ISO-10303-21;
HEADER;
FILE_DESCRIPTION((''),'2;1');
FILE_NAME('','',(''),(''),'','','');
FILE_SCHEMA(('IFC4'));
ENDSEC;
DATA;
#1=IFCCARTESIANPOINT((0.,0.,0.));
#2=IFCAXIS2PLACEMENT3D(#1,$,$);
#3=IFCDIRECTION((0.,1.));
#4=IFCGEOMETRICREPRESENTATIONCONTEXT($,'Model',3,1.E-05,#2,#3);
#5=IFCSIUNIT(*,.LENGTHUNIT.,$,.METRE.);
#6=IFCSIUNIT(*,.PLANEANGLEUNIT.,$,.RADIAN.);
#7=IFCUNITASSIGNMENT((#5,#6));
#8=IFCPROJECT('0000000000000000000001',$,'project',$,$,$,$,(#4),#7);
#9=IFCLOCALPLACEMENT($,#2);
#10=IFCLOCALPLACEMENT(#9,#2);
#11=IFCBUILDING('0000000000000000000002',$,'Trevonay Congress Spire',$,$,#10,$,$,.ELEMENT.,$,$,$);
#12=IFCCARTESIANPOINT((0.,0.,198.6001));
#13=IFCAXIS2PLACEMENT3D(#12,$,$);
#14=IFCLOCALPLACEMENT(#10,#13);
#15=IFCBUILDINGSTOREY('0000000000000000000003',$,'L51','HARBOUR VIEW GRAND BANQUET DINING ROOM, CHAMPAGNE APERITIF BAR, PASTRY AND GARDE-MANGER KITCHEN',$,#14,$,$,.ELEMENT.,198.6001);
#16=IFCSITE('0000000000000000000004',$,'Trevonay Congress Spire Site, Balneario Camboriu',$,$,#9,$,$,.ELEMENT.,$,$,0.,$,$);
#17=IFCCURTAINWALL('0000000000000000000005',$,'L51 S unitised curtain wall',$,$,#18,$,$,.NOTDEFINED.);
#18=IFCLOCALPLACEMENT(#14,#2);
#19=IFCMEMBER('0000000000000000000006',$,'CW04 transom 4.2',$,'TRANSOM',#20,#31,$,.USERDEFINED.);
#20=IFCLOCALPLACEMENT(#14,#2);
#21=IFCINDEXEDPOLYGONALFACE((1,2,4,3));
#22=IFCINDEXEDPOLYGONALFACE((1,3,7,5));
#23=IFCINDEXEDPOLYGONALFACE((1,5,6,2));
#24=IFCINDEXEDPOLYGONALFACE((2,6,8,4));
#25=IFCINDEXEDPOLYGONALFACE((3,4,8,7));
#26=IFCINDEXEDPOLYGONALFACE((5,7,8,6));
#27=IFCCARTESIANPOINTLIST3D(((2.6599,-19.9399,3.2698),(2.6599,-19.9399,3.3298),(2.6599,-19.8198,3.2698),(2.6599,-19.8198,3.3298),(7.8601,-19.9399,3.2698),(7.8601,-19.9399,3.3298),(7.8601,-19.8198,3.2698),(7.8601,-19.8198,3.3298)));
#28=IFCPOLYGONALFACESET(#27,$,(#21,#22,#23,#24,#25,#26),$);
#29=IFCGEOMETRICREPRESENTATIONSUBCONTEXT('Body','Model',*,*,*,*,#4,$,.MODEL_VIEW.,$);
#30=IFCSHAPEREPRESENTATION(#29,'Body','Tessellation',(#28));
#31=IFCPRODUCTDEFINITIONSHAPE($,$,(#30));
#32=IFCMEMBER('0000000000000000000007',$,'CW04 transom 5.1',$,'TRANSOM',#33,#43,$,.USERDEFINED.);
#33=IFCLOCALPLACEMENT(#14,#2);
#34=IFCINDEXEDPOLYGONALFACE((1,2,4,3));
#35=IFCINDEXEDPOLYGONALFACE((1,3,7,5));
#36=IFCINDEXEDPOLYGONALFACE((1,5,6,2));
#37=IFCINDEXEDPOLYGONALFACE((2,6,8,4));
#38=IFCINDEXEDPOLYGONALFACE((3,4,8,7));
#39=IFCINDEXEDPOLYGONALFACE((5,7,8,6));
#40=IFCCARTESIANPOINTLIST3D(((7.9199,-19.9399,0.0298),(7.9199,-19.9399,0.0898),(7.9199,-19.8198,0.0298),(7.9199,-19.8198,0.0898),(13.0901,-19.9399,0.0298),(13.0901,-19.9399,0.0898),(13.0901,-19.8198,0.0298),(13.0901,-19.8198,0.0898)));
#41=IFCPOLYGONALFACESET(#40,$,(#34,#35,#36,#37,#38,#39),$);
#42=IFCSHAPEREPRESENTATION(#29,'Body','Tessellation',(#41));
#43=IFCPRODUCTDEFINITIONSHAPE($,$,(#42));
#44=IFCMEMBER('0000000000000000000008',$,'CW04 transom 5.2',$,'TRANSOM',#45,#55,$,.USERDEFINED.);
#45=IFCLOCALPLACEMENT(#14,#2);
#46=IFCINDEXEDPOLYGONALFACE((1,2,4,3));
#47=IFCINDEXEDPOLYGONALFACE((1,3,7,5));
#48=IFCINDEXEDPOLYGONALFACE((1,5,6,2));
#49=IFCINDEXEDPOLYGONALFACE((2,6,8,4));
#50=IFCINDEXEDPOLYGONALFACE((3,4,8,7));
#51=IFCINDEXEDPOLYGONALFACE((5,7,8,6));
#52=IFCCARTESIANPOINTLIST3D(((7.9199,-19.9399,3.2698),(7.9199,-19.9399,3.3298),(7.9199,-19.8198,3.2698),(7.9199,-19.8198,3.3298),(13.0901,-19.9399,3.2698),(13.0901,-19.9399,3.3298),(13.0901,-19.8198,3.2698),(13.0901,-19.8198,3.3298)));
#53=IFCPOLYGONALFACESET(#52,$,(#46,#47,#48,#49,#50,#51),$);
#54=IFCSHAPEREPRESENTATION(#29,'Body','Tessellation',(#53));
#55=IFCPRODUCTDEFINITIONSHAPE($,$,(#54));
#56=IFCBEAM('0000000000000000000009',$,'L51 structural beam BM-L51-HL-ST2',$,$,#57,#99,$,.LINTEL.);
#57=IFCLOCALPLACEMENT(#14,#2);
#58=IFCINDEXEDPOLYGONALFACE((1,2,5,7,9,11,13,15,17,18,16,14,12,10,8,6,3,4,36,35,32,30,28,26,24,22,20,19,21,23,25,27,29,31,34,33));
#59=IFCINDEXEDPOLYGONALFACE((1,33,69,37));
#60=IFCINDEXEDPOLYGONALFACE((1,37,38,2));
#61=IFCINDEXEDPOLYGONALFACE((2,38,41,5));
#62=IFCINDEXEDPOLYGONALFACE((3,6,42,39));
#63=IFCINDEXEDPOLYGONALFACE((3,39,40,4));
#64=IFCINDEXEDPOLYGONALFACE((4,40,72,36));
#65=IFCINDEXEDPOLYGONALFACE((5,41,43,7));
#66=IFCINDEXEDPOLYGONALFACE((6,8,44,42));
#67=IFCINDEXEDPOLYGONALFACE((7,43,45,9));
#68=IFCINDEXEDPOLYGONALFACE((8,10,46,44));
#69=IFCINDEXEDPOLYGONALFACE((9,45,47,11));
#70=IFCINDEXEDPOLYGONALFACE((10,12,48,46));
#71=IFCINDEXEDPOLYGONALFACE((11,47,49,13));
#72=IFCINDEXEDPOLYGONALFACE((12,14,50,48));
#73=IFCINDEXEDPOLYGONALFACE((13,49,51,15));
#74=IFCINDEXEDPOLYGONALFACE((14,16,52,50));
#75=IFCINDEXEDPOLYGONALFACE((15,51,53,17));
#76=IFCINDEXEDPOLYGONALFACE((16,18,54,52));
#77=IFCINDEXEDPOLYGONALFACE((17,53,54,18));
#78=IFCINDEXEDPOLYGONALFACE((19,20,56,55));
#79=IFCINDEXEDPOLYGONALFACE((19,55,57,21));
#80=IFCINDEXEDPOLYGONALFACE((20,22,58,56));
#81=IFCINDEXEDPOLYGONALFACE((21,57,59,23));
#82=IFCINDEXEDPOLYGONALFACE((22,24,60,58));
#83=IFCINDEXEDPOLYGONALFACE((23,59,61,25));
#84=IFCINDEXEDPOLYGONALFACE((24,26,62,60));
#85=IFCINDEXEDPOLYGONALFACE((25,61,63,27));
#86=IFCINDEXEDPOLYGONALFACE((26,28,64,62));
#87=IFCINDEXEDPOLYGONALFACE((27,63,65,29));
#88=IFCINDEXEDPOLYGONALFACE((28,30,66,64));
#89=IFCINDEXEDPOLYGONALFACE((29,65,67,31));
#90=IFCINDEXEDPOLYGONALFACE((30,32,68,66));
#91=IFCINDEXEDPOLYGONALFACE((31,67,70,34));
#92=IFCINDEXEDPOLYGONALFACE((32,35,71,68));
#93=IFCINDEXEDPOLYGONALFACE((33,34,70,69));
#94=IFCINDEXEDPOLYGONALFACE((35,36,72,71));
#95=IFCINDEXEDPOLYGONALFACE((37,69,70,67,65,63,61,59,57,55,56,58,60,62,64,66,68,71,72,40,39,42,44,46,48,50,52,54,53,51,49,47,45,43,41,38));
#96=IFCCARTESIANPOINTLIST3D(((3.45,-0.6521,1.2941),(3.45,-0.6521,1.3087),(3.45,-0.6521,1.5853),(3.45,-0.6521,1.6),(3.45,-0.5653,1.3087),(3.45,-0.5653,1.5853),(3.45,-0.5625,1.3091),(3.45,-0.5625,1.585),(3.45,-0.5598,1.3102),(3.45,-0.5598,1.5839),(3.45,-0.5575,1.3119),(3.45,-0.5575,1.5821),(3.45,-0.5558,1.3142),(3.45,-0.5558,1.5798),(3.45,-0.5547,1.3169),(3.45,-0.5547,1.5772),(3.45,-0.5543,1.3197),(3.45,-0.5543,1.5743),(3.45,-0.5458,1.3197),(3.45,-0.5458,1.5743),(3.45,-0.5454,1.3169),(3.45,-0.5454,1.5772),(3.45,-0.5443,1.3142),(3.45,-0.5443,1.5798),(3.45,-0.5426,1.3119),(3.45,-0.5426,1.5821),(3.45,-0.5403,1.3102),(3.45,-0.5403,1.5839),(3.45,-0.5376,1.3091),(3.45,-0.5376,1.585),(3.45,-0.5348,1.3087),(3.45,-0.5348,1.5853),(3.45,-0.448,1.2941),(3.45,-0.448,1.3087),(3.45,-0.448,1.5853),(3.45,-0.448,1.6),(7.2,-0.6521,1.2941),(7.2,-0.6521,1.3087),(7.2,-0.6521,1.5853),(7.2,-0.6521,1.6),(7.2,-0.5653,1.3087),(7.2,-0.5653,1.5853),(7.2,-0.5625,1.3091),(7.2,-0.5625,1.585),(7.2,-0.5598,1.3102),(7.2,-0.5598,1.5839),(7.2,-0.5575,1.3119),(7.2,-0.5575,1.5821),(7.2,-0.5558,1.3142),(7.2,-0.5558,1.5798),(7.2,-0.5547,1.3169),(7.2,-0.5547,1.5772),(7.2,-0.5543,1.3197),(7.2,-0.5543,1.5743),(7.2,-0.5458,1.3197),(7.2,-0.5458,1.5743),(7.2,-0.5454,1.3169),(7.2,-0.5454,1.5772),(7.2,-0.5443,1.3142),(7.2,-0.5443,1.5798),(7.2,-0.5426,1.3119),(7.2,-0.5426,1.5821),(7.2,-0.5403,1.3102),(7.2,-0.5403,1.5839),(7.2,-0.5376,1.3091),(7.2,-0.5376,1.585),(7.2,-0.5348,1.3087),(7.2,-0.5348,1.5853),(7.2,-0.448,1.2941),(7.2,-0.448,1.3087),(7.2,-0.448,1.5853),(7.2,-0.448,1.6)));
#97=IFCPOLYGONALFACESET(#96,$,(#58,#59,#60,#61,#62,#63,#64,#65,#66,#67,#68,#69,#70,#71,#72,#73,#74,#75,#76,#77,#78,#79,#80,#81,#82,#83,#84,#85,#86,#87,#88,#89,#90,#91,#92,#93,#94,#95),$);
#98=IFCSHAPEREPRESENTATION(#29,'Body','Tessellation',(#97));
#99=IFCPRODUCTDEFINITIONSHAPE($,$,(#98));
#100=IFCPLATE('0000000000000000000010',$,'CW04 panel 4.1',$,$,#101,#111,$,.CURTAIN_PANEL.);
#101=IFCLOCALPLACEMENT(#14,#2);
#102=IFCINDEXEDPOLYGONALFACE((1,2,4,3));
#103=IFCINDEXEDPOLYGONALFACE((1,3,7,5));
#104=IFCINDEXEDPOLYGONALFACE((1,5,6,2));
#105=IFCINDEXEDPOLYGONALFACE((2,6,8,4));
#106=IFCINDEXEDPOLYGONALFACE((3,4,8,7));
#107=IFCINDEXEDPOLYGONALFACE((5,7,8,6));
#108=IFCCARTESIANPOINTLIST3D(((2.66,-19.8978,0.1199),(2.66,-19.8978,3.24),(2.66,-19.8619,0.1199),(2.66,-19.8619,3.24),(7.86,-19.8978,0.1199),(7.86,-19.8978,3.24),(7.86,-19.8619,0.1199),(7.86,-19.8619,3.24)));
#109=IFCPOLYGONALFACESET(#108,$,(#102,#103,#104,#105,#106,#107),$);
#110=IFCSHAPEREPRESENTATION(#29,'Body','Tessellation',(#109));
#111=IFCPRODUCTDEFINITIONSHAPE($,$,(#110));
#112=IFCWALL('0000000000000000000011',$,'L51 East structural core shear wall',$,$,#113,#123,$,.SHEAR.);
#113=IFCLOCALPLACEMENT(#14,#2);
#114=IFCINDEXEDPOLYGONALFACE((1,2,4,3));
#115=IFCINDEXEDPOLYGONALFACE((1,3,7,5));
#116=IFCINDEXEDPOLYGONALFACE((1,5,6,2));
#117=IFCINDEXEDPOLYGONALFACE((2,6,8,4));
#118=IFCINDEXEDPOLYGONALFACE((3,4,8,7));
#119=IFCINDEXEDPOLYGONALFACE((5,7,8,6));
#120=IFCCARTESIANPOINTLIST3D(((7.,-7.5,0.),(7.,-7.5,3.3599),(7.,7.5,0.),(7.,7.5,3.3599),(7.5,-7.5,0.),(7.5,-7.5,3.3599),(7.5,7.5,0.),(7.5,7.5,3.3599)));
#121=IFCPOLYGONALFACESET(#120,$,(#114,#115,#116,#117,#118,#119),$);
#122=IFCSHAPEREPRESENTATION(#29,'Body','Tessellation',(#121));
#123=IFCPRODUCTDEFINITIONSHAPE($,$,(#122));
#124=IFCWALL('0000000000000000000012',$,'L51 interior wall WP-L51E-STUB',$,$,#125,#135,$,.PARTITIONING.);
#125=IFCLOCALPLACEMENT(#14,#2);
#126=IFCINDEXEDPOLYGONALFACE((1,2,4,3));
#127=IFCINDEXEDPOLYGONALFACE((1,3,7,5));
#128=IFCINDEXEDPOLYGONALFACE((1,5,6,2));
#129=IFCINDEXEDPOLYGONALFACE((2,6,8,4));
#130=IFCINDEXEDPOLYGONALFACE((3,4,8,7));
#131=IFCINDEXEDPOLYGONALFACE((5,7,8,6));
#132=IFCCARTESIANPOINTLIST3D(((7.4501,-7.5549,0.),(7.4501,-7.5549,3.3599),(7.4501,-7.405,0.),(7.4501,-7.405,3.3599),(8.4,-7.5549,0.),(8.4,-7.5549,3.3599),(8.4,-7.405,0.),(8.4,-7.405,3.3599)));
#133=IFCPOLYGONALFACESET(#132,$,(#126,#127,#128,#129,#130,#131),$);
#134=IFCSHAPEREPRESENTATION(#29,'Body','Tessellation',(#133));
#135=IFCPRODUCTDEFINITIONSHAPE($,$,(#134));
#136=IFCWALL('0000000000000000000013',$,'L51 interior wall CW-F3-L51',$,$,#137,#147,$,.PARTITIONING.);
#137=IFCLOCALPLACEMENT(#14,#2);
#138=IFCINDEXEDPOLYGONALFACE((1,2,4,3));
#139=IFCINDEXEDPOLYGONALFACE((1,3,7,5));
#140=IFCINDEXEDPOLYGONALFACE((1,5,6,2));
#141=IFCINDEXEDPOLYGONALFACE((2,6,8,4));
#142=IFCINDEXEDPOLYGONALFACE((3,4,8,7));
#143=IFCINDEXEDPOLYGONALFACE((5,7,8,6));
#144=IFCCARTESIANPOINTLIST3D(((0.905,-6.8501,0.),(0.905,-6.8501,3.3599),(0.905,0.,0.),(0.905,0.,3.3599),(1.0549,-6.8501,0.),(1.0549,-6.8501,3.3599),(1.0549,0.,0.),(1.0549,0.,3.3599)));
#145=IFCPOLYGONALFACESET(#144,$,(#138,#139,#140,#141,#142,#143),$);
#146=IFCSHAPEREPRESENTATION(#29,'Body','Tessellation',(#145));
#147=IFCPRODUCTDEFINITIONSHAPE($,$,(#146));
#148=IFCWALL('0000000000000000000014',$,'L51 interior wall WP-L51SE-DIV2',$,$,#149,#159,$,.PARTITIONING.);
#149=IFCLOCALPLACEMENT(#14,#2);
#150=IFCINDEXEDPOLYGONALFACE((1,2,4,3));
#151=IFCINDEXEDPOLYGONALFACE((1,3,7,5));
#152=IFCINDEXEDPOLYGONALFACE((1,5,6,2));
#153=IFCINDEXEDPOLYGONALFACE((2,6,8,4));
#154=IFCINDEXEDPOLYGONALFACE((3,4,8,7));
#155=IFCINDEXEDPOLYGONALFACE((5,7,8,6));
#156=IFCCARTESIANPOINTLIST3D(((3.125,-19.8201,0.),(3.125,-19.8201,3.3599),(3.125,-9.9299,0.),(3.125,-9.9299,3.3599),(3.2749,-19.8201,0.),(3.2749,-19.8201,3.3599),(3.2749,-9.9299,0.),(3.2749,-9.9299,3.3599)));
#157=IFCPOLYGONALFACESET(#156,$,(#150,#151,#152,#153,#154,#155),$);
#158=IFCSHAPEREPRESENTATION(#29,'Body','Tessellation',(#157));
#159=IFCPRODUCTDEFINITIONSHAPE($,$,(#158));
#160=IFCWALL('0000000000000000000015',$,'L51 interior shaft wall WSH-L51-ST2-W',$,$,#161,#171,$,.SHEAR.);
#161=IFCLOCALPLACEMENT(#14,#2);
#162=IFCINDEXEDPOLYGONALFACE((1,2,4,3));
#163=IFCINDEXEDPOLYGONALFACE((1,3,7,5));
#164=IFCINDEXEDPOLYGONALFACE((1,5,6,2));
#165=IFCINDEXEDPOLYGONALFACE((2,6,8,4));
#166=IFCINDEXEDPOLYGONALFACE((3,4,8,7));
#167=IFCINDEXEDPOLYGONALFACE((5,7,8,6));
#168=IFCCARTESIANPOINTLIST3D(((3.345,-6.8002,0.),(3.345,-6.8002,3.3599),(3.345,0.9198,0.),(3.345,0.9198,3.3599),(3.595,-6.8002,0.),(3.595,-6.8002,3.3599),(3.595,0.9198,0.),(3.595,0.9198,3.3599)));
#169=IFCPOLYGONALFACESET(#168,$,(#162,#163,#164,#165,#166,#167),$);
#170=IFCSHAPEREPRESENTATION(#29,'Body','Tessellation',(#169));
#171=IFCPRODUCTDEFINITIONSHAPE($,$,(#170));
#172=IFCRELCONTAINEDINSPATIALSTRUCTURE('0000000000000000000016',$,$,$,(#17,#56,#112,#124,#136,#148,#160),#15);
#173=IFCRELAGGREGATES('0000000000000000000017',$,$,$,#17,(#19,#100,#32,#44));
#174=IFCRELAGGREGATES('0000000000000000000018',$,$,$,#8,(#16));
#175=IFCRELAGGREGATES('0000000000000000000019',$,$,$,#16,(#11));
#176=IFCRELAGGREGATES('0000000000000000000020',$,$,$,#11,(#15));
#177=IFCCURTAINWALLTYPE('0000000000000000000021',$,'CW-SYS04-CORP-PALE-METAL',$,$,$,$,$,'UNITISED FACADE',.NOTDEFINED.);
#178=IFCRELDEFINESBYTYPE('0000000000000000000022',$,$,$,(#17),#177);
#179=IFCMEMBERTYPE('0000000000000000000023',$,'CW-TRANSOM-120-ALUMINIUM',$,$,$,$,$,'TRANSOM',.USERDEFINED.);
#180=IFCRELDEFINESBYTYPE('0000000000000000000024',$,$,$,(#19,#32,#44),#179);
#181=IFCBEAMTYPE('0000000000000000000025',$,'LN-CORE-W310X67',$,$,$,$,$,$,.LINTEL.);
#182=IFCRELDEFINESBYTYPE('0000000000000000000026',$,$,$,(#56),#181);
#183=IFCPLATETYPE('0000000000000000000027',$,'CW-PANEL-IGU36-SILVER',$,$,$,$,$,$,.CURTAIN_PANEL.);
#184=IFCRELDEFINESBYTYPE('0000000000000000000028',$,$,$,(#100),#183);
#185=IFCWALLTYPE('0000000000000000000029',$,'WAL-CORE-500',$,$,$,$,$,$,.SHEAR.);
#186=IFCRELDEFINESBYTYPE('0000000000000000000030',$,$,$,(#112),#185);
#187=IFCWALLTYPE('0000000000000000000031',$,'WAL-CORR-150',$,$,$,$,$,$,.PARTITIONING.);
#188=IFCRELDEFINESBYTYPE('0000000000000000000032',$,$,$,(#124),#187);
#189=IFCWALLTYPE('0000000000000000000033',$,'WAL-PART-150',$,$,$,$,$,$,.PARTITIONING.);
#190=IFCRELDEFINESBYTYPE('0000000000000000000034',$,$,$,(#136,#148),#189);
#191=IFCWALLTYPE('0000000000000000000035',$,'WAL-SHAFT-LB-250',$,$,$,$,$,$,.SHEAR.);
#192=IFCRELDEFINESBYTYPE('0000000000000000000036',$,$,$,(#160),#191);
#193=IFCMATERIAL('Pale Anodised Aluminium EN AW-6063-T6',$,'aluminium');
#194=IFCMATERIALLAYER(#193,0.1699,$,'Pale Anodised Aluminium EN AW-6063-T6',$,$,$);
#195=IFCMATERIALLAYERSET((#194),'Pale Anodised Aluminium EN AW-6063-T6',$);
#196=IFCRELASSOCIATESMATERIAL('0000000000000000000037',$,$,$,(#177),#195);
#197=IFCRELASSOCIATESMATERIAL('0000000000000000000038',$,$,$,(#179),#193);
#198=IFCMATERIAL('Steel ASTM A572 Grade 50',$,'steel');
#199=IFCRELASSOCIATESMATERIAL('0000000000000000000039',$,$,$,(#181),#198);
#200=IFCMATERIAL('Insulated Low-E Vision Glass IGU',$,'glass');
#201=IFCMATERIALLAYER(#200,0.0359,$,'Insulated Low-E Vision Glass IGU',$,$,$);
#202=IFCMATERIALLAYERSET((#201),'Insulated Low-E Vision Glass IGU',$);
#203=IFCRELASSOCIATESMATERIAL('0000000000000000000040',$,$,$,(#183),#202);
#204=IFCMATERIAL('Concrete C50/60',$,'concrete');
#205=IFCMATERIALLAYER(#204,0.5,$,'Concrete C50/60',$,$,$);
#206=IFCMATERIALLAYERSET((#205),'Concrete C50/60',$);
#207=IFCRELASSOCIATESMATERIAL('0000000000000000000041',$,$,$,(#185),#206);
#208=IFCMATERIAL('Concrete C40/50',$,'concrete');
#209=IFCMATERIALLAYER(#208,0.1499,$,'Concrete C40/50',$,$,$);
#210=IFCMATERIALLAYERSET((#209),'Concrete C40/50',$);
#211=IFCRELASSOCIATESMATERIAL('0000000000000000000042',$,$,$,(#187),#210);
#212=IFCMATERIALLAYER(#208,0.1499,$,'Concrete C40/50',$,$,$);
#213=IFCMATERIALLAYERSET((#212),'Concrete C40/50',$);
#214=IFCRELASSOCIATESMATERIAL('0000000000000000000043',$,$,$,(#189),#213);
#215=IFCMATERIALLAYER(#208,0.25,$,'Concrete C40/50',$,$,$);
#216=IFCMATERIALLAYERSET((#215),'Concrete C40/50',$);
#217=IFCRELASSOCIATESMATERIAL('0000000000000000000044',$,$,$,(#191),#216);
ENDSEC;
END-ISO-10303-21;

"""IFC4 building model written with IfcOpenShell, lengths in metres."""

from ifc_helpers import new_model, si_unit, direction, frame, frame_2d, origin, origin_2d, place, context, subcontext, project, spatial, rectangle, i_section, extrude, material, layer, layer_set, material_profile, profile_set, type_object, element, aggregate, save


model = new_model("IFC4")

# Units and contexts
model_context = context("Model", 3, precision=1e-05, world=origin(), true_north=direction((0.0, 1.0)))
body_context = subcontext(model_context, "Body", "Model", "MODEL_VIEW")
ifc_project = project(units=[si_unit("LENGTHUNIT", "METRE"), si_unit("PLANEANGLEUNIT", "RADIAN")], contexts=[model_context])

# Site, building, storey
site_placement = place(None, origin())
site = spatial("IfcSite", under=ifc_project, at=site_placement, Name="Trevonay Congress Spire Site, Balneario Camboriu", CompositionType="ELEMENT", RefElevation=0.0)
building_placement = place(site_placement, origin())
building = spatial("IfcBuilding", under=site, at=building_placement, Name="Trevonay Congress Spire", CompositionType="ELEMENT")
storey_placement = place(building_placement, frame((0.0, 0.0, 198.6001)))
storey = spatial("IfcBuildingStorey", under=building, at=storey_placement, Name="L51", Description="HARBOUR VIEW GRAND BANQUET DINING ROOM, CHAMPAGNE APERITIF BAR, PASTRY AND GARDE-MANGER KITCHEN", CompositionType="ELEMENT", Elevation=198.6001)

# Shared definitions
ifc_material_1 = material(Name="Steel ASTM A572 Grade 50", Category="steel")

# Curtain wall, members
ifc_material_2 = material(Name="Pale Anodised Aluminium EN AW-6063-T6", Category="aluminium")
ifc_layer_1 = layer(ifc_material_2, 0.1699, Name="Pale Anodised Aluminium EN AW-6063-T6")
ifc_layer_set_1 = layer_set([ifc_layer_1], Name="Pale Anodised Aluminium EN AW-6063-T6")
curtain_wall_type = type_object("IfcCurtainWallType", Name="CW-SYS04-CORP-PALE-METAL", ElementType="UNITISED FACADE", PredefinedType="NOTDEFINED", material=ifc_layer_set_1)
curtain_wall_placement = place(storey_placement, origin())
curtain_wall = element("IfcCurtainWall", 1, at=curtain_wall_placement, inside=storey, type_object=curtain_wall_type, Name="L51 S unitised curtain wall", PredefinedType="NOTDEFINED")
ifc_material_profile_1 = material_profile(ifc_material_2, rectangle(XDim=0.1201, YDim=0.0601, at=origin_2d()), Name="CW-TRANSOM-120-ALUMINIUM")
ifc_profile_set_1 = profile_set([ifc_material_profile_1], Name="Pale Anodised Aluminium EN AW-6063-T6")
member_type_1 = type_object("IfcMemberType", Name="CW-TRANSOM-120-ALUMINIUM", ElementType="TRANSOM", PredefinedType="USERDEFINED", material=ifc_profile_set_1)
member_1_placement = place(storey_placement, frame((2.6599, -19.8799, 3.2998), z_axis=(1.0, 0.0, 0.0), x_axis=(0.0, 1.0, 0.0)))
member_1 = element("IfcMember", 2, at=member_1_placement, type_object=member_type_1, Name="CW04 transom 4.2", ObjectType="TRANSOM", PredefinedType="USERDEFINED", context=body_context, shape_type="SweptSolid", body=[
    extrude(rectangle(XDim=0.1201, YDim=0.0601, at=origin_2d()), origin(), (0.0, 0.0, 1.0), 5.2002),
])
member_2_placement = place(storey_placement, frame((7.9199, -19.8799, 0.0598), z_axis=(1.0, 0.0, 0.0), x_axis=(0.0, 1.0, 0.0)))
member_2 = element("IfcMember", 3, at=member_2_placement, type_object=member_type_1, Name="CW04 transom 5.1", ObjectType="TRANSOM", PredefinedType="USERDEFINED", context=body_context, shape_type="SweptSolid", body=[
    extrude(rectangle(XDim=0.1201, YDim=0.0601, at=origin_2d()), origin(), (0.0, 0.0, 1.0), 5.1702),
])
member_3_placement = place(storey_placement, frame((7.9199, -19.8799, 3.2998), z_axis=(1.0, 0.0, 0.0), x_axis=(0.0, 1.0, 0.0)))
member_3 = element("IfcMember", 4, at=member_3_placement, type_object=member_type_1, Name="CW04 transom 5.2", ObjectType="TRANSOM", PredefinedType="USERDEFINED", context=body_context, shape_type="SweptSolid", body=[
    extrude(rectangle(XDim=0.1201, YDim=0.0601, at=origin_2d()), origin(), (0.0, 0.0, 1.0), 5.1702),
])

# Beam
ifc_material_profile_2 = material_profile(ifc_material_1, i_section(OverallWidth=0.2041, OverallDepth=0.3059, WebThickness=0.0085, FlangeThickness=0.0146, FilletRadius=0.011, at=origin_2d()), Name="W310x67")
ifc_profile_set_2 = profile_set([ifc_material_profile_2], Name="Steel ASTM A572 Grade 50")
beam_type_1 = type_object("IfcBeamType", Name="LN-CORE-W310X67", PredefinedType="LINTEL", material=ifc_profile_set_2)
beam_1_placement = place(storey_placement, frame((3.45, -0.55, 1.447), z_axis=(1.0, 0.0, 0.0), x_axis=(0.0, 1.0, 0.0)))
element("IfcBeam", 5, at=beam_1_placement, inside=storey, type_object=beam_type_1, Name="L51 structural beam BM-L51-HL-ST2", PredefinedType="LINTEL", context=body_context, shape_type="SweptSolid", body=[
    extrude(i_section(OverallWidth=0.2041, OverallDepth=0.3059, WebThickness=0.0085, FlangeThickness=0.0146, FilletRadius=0.011, at=origin_2d()), origin(), (0.0, 0.0, 1.0), 3.75),
])

# Plate
ifc_material_3 = material(Name="Insulated Low-E Vision Glass IGU", Category="glass")
ifc_layer_2 = layer(ifc_material_3, 0.0359, Name="Insulated Low-E Vision Glass IGU")
ifc_layer_set_2 = layer_set([ifc_layer_2], Name="Insulated Low-E Vision Glass IGU")
plate_type = type_object("IfcPlateType", Name="CW-PANEL-IGU36-SILVER", PredefinedType="CURTAIN_PANEL", material=ifc_layer_set_2)
plate_placement = place(storey_placement, frame((5.26, -19.8799, 0.1199), z_axis=(0.0, 0.0, 1.0), x_axis=(1.0, 0.0, 0.0)))
plate = element("IfcPlate", 6, at=plate_placement, type_object=plate_type, Name="CW04 panel 4.1", PredefinedType="CURTAIN_PANEL", context=body_context, shape_type="SweptSolid", body=[
    extrude(rectangle(XDim=5.2, YDim=0.0359, at=origin_2d()), origin(), (0.0, 0.0, 1.0), 3.1201),
])
aggregate(curtain_wall, [member_1, plate, member_2, member_3])

# Walls
ifc_material_4 = material(Name="Concrete C50/60", Category="concrete")
ifc_layer_3 = layer(ifc_material_4, 0.5, Name="Concrete C50/60")
ifc_layer_set_3 = layer_set([ifc_layer_3], Name="Concrete C50/60")
wall_type_1 = type_object("IfcWallType", Name="WAL-CORE-500", PredefinedType="SHEAR", material=ifc_layer_set_3)
wall_1_placement = place(storey_placement, frame((7.25, -7.5, 0.0), z_axis=(0.0, 0.0, 1.0), x_axis=(0.0, 1.0, 0.0)))
element("IfcWall", 7, at=wall_1_placement, inside=storey, type_object=wall_type_1, Name="L51 East structural core shear wall", PredefinedType="SHEAR", context=body_context, shape_type="SweptSolid", body=[
    extrude(rectangle(XDim=15.0, YDim=0.5, at=frame_2d((7.5, 0.0))), origin(), (0.0, 0.0, 1.0), 3.3599),
])
ifc_material_5 = material(Name="Concrete C40/50", Category="concrete")
ifc_layer_4 = layer(ifc_material_5, 0.1499, Name="Concrete C40/50")
ifc_layer_set_4 = layer_set([ifc_layer_4], Name="Concrete C40/50")
wall_type_2 = type_object("IfcWallType", Name="WAL-CORR-150", PredefinedType="PARTITIONING", material=ifc_layer_set_4)
wall_2_placement = place(storey_placement, frame((7.45, -7.48, 0.0), z_axis=(0.0, 0.0, 1.0), x_axis=(1.0, 0.0, 0.0)))
element("IfcWall", 8, at=wall_2_placement, inside=storey, type_object=wall_type_2, Name="L51 interior wall WP-L51E-STUB", PredefinedType="PARTITIONING", context=body_context, shape_type="SweptSolid", body=[
    extrude(rectangle(XDim=0.95, YDim=0.1499, at=frame_2d((0.4751, 0.0))), origin(), (0.0, 0.0, 1.0), 3.3599),
])
ifc_layer_5 = layer(ifc_material_5, 0.1499, Name="Concrete C40/50")
ifc_layer_set_5 = layer_set([ifc_layer_5], Name="Concrete C40/50")
wall_type_3 = type_object("IfcWallType", Name="WAL-PART-150", PredefinedType="PARTITIONING", material=ifc_layer_set_5)
wall_3_placement = place(storey_placement, frame((0.98, -6.8501, 0.0), z_axis=(0.0, 0.0, 1.0), x_axis=(0.0, 1.0, 0.0)))
element("IfcWall", 9, at=wall_3_placement, inside=storey, type_object=wall_type_3, Name="L51 interior wall CW-F3-L51", PredefinedType="PARTITIONING", context=body_context, shape_type="SweptSolid", body=[
    extrude(rectangle(XDim=6.8501, YDim=0.1499, at=frame_2d((3.425, 0.0))), origin(), (0.0, 0.0, 1.0), 3.3599),
])
wall_4_placement = place(storey_placement, frame((3.2, -19.8201, 0.0), z_axis=(0.0, 0.0, 1.0), x_axis=(0.0, 1.0, 0.0)))
element("IfcWall", 10, at=wall_4_placement, inside=storey, type_object=wall_type_3, Name="L51 interior wall WP-L51SE-DIV2", PredefinedType="PARTITIONING", context=body_context, shape_type="SweptSolid", body=[
    extrude(rectangle(XDim=9.8901, YDim=0.1499, at=frame_2d((4.9451, 0.0))), origin(), (0.0, 0.0, 1.0), 3.3599),
])
ifc_layer_6 = layer(ifc_material_5, 0.25, Name="Concrete C40/50")
ifc_layer_set_6 = layer_set([ifc_layer_6], Name="Concrete C40/50")
wall_type_4 = type_object("IfcWallType", Name="WAL-SHAFT-LB-250", PredefinedType="SHEAR", material=ifc_layer_set_6)
wall_5_placement = place(storey_placement, frame((3.47, -6.8, 0.0), z_axis=(0.0, 0.0, 1.0), x_axis=(0.0, 1.0, 0.0)))
element("IfcWall", 11, at=wall_5_placement, inside=storey, type_object=wall_type_4, Name="L51 interior shaft wall WSH-L51-ST2-W", PredefinedType="SHEAR", context=body_context, shape_type="SweptSolid", body=[
    extrude(rectangle(XDim=7.72, YDim=0.25, at=frame_2d((3.8599, 0.0))), origin(), (0.0, 0.0, 1.0), 3.3599),
])

save(model, "model.ifc")
